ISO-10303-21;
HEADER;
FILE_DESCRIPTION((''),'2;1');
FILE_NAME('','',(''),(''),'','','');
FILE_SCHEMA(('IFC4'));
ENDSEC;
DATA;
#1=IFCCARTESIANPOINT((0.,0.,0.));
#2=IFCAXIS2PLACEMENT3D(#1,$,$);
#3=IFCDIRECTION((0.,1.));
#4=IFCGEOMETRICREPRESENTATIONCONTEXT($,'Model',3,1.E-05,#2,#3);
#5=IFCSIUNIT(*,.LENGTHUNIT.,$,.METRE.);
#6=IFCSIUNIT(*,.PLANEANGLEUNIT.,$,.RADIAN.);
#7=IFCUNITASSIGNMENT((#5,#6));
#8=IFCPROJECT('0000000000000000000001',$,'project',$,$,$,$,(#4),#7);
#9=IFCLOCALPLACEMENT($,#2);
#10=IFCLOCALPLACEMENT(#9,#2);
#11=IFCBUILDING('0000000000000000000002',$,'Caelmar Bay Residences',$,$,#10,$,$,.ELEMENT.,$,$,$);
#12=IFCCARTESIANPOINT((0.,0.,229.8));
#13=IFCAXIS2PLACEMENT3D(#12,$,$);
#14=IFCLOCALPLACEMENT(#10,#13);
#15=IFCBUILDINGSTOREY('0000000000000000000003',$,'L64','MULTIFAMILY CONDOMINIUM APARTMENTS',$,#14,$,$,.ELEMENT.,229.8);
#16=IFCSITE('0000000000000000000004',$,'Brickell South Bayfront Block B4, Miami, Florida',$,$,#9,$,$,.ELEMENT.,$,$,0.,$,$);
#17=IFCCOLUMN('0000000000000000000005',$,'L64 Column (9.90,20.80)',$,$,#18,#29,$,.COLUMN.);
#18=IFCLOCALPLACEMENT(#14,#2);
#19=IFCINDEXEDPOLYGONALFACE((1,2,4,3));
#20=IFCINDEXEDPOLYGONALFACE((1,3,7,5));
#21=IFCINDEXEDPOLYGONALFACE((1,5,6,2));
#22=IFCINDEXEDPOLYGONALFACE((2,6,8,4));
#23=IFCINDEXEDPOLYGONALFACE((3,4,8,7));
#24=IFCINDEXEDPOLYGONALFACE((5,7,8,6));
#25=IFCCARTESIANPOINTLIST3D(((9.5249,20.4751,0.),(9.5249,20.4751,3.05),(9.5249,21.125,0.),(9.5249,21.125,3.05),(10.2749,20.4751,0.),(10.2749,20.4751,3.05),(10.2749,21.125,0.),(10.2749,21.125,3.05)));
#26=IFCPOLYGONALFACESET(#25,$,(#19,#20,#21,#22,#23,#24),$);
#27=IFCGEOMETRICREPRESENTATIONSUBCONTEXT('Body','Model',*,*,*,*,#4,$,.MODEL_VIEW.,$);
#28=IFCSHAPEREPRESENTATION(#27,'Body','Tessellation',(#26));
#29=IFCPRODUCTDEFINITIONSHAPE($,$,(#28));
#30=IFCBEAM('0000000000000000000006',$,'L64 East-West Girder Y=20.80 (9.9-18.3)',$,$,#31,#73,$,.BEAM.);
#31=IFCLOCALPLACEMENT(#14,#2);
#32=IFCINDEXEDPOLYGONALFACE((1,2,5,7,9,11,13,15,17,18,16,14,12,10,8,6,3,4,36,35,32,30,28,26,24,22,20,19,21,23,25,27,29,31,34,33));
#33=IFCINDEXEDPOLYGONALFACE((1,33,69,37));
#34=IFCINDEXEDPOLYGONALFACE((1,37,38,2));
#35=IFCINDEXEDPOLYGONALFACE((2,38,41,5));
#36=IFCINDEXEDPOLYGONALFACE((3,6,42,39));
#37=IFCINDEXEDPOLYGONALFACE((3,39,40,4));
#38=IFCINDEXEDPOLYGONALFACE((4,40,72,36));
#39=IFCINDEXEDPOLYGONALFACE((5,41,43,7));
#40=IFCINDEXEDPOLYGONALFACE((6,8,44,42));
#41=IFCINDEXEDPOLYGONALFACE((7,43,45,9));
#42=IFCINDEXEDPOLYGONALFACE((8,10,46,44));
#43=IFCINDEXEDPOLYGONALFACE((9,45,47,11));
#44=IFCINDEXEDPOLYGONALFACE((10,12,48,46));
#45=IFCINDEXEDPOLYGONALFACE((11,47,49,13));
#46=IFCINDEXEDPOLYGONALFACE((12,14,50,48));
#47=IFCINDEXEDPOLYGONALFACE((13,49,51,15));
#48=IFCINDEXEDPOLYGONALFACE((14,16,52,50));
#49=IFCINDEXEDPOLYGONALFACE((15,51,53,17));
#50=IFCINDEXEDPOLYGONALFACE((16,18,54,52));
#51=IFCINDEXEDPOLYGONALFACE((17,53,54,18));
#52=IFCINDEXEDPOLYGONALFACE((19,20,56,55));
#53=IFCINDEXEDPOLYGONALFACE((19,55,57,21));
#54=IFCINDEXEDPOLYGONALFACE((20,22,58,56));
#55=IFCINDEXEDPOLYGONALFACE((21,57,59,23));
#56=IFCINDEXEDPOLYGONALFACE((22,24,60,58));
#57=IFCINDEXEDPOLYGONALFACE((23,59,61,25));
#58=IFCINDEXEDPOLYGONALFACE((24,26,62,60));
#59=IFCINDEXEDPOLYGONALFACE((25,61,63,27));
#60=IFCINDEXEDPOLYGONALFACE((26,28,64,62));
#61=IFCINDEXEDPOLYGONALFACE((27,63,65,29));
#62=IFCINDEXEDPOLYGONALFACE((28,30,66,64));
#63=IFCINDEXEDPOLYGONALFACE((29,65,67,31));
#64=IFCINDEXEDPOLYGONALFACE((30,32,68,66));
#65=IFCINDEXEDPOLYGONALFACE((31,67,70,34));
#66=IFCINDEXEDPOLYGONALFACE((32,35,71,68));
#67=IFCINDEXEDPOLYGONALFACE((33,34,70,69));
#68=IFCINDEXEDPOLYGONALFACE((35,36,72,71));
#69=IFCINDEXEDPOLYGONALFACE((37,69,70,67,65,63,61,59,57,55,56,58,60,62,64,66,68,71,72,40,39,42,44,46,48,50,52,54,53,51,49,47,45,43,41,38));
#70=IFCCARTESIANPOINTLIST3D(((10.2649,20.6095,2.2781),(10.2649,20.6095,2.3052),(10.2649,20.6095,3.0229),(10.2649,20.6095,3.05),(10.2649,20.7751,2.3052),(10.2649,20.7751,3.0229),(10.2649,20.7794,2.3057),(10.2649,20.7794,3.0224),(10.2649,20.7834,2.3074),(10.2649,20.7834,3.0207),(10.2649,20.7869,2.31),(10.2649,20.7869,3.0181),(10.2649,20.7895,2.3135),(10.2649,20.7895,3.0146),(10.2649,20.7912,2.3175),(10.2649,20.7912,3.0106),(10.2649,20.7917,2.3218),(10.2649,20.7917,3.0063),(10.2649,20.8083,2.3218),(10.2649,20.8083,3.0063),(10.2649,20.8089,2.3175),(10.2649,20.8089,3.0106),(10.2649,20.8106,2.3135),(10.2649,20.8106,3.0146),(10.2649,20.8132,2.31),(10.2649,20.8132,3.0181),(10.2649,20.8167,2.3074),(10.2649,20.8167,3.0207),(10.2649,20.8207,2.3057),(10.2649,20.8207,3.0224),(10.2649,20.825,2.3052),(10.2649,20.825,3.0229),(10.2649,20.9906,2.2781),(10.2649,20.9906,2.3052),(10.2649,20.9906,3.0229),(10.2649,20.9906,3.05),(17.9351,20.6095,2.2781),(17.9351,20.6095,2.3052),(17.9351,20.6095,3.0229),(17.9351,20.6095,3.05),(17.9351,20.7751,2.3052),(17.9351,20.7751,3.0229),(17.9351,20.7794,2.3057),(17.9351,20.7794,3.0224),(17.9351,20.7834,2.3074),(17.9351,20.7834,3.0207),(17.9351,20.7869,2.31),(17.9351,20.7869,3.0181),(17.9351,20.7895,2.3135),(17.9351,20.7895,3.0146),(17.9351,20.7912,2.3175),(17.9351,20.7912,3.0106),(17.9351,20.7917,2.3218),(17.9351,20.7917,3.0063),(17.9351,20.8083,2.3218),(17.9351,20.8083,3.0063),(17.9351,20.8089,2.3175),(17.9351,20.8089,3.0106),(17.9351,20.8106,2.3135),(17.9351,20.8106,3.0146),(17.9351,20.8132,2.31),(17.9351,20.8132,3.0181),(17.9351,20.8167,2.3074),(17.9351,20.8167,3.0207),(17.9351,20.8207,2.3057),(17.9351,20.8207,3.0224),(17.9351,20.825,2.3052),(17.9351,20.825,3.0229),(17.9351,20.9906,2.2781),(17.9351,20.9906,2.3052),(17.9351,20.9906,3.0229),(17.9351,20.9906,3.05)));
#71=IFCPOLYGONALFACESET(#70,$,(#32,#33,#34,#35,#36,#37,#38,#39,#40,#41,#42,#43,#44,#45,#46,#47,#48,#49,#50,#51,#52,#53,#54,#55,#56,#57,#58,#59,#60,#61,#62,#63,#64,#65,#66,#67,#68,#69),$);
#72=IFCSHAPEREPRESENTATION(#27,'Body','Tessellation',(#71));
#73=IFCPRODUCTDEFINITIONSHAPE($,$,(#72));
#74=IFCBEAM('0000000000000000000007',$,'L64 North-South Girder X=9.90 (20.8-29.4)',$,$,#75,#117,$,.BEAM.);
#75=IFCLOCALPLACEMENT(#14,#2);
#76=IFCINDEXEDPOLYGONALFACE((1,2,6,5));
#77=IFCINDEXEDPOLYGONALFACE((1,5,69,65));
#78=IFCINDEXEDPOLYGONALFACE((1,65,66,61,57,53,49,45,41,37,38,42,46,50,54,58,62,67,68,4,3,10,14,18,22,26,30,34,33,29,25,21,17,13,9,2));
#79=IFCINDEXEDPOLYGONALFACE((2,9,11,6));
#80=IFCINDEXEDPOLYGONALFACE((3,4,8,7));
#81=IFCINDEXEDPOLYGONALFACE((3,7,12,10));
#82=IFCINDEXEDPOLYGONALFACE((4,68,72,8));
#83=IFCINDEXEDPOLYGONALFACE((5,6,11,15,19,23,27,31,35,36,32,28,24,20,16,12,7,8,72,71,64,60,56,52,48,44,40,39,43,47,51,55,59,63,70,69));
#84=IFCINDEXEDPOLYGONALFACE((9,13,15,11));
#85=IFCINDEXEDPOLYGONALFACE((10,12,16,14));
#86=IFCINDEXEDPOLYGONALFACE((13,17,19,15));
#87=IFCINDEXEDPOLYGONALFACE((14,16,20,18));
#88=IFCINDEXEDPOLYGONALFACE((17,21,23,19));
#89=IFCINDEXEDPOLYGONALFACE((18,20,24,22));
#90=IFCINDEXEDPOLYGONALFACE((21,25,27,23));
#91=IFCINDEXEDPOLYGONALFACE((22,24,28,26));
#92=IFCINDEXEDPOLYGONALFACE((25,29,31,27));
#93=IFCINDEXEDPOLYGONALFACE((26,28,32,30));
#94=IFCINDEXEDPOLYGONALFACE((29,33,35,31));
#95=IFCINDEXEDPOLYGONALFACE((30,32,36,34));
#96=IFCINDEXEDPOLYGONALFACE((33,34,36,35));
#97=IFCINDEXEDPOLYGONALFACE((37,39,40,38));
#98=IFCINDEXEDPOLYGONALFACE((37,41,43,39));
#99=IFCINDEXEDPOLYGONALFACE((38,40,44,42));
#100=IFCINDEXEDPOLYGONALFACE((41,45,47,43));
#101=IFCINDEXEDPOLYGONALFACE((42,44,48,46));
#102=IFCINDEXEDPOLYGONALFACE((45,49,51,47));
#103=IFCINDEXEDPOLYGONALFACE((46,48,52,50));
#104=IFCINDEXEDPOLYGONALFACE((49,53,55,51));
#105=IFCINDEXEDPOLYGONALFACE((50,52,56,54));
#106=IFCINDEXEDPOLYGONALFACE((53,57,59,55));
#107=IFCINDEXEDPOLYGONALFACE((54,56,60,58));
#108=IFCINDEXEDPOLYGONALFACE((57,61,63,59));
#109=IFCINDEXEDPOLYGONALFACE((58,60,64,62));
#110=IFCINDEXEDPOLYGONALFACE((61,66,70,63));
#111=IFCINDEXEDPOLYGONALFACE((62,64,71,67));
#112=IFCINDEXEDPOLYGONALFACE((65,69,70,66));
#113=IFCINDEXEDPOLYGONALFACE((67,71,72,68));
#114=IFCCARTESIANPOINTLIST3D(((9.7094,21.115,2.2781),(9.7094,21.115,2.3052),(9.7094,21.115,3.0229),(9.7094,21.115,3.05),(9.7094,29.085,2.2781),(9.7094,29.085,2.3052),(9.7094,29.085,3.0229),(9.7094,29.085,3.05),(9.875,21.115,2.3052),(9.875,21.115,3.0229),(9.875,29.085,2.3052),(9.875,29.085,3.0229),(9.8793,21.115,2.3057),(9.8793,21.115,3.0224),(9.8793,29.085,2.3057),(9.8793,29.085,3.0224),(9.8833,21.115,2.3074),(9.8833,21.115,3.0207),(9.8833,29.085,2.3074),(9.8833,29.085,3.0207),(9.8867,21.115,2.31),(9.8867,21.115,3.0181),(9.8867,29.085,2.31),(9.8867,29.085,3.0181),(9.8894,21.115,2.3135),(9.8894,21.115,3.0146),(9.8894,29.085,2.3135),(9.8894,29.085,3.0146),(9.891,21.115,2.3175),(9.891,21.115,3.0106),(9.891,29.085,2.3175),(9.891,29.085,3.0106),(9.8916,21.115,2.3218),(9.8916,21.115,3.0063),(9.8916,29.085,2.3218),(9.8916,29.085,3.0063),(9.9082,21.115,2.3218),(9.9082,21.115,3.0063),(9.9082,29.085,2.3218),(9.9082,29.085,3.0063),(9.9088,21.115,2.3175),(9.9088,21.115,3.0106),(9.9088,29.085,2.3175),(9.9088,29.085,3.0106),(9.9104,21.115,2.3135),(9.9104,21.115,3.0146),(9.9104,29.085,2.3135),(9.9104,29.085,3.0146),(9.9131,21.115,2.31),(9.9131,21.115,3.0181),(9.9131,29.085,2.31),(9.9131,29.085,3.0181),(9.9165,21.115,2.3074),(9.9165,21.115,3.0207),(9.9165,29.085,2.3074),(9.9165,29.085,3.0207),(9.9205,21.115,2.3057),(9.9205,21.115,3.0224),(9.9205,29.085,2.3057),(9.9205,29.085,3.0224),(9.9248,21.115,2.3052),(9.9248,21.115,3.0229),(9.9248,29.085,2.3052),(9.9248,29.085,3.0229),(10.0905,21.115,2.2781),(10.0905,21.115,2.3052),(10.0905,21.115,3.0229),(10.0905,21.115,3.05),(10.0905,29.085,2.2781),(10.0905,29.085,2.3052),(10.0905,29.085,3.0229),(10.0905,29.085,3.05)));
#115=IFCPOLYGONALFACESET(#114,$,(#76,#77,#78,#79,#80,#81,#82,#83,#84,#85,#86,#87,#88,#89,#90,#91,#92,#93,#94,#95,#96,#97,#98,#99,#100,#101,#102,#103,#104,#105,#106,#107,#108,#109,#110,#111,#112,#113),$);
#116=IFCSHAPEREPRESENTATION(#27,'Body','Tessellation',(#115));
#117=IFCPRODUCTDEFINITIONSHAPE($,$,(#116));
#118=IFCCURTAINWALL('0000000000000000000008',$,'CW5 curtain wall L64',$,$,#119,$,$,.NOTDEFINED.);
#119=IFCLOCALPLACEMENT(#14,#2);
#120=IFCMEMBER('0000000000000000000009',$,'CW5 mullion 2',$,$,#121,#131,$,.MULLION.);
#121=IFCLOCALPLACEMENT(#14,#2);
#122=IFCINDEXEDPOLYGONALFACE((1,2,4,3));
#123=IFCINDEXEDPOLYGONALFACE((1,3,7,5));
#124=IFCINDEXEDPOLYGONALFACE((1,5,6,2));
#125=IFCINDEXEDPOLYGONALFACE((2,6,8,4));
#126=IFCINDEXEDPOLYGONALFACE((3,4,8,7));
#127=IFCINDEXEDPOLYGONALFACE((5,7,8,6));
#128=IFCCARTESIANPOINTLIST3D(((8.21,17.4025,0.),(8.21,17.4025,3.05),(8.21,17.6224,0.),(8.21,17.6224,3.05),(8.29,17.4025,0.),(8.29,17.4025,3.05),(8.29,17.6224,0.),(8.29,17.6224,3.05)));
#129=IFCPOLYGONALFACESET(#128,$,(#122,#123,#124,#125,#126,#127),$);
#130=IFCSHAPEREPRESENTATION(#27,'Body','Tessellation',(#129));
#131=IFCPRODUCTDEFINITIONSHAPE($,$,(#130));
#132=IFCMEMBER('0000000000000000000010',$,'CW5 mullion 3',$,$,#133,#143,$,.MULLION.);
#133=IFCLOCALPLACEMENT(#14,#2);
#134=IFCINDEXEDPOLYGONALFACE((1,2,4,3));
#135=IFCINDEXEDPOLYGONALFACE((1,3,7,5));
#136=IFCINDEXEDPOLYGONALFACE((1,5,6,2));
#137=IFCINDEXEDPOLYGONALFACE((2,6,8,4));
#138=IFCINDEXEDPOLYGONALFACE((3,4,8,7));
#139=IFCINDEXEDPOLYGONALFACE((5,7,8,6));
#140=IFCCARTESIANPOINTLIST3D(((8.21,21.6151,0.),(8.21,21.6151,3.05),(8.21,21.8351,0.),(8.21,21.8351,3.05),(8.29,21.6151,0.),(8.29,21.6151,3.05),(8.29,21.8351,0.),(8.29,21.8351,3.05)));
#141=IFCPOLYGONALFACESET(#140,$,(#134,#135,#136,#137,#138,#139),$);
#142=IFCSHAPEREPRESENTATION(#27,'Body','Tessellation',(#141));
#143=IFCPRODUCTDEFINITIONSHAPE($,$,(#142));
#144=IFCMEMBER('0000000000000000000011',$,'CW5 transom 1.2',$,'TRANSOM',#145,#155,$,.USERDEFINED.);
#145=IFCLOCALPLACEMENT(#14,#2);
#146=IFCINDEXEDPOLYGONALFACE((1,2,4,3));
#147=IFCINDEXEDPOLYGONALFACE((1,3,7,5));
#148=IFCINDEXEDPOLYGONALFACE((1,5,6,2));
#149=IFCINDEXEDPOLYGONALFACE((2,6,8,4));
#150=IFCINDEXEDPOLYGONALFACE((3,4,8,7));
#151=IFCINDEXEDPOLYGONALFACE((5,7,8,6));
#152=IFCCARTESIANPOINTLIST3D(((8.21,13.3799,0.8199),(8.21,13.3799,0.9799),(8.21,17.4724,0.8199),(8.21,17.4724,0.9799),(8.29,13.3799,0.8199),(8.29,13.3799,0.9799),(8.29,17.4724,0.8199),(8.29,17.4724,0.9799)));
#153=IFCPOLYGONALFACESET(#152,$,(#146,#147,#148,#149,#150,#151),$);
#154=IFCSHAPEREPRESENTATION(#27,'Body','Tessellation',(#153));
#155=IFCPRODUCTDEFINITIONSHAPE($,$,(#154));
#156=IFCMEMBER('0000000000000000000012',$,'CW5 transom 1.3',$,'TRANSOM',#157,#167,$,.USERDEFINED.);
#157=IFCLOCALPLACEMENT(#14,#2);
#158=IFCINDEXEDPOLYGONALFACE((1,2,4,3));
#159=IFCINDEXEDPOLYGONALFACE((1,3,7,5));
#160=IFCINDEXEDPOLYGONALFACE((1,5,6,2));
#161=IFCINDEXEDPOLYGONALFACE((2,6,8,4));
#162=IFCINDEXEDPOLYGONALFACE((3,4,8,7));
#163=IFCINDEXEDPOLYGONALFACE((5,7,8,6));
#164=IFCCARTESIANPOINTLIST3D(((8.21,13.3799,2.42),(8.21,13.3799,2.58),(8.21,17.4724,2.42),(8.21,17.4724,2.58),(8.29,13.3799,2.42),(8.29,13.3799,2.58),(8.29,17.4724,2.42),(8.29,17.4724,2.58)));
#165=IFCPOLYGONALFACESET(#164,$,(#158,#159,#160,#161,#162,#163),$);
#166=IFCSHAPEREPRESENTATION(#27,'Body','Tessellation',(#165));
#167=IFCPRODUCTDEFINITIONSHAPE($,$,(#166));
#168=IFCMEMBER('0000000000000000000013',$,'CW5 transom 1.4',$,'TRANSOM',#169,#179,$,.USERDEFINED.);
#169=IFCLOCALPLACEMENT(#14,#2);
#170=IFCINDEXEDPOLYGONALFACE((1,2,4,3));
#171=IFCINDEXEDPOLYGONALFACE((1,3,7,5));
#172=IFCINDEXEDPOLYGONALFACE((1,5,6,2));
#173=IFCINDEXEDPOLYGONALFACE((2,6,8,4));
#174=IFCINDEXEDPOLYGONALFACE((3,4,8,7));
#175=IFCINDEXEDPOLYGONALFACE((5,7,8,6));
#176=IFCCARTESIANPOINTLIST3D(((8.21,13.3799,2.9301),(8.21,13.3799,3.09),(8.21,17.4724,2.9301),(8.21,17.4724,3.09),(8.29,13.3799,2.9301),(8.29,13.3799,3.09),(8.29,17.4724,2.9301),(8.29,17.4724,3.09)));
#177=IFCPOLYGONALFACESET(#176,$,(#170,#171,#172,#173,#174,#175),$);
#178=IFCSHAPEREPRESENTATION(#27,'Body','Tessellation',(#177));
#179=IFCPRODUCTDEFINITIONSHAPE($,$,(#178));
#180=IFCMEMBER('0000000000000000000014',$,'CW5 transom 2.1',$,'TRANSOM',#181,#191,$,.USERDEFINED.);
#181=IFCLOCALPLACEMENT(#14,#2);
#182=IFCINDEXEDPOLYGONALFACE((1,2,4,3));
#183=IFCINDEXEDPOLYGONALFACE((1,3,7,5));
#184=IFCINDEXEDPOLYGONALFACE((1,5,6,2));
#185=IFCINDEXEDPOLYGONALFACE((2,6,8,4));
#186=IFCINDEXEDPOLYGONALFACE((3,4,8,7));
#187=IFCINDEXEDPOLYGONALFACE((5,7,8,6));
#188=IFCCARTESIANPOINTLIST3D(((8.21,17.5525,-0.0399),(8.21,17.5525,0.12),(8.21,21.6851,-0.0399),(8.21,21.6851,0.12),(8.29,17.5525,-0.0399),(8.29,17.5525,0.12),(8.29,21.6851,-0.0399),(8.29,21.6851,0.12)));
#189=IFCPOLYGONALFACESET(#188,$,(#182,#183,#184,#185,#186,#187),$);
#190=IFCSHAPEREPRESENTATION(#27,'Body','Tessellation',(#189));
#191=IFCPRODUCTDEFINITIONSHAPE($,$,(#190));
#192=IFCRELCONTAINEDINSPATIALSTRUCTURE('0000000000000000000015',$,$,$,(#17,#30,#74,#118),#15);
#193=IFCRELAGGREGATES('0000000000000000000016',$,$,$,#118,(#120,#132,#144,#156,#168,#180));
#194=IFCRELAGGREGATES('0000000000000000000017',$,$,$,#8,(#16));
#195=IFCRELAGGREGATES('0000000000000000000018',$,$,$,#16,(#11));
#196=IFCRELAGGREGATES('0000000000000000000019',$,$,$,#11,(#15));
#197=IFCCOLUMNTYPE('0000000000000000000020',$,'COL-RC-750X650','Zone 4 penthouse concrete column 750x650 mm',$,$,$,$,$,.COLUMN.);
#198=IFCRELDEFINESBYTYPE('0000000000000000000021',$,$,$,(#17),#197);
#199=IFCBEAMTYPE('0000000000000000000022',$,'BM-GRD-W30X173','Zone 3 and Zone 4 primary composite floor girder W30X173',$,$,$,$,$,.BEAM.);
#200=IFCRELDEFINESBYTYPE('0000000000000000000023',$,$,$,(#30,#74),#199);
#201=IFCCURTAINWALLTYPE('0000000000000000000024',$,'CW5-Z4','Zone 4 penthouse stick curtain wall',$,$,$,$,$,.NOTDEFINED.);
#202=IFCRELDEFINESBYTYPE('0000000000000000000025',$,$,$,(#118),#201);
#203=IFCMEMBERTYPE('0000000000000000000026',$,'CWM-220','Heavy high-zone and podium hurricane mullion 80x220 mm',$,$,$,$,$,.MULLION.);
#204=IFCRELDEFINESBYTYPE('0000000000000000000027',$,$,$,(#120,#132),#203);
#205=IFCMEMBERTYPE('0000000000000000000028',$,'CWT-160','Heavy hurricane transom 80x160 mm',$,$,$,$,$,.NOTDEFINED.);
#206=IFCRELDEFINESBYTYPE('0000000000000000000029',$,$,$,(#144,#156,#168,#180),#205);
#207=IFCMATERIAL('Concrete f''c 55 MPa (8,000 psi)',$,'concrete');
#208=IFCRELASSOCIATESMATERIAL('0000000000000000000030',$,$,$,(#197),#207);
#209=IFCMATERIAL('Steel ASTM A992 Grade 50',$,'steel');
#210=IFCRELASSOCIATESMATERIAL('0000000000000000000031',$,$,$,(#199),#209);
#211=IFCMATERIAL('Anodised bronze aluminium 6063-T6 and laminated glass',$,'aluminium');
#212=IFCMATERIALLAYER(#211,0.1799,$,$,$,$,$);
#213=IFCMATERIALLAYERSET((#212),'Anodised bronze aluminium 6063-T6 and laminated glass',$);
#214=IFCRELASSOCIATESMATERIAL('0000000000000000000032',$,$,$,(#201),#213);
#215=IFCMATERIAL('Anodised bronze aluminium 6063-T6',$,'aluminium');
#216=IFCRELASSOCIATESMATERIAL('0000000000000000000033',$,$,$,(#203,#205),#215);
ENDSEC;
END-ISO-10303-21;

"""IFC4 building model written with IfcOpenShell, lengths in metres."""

from ifc_helpers import new_model, si_unit, direction, frame, origin, origin_2d, place, context, subcontext, project, spatial, rectangle, i_section, extrude, material, layer, layer_set, material_profile, profile_set, type_object, element, aggregate, save


model = new_model("IFC4")

# Units and contexts
model_context = context("Model", 3, precision=1e-05, world=origin(), true_north=direction((0.0, 1.0)))
body_context = subcontext(model_context, "Body", "Model", "MODEL_VIEW")
ifc_project = project(units=[si_unit("LENGTHUNIT", "METRE"), si_unit("PLANEANGLEUNIT", "RADIAN")], contexts=[model_context])

# Site, building, storey
site_placement = place(None, origin())
site = spatial("IfcSite", under=ifc_project, at=site_placement, Name="Brickell South Bayfront Block B4, Miami, Florida", CompositionType="ELEMENT", RefElevation=0.0)
building_placement = place(site_placement, origin())
building = spatial("IfcBuilding", under=site, at=building_placement, Name="Caelmar Bay Residences", CompositionType="ELEMENT")
storey_placement = place(building_placement, frame((0.0, 0.0, 229.8)))
storey = spatial("IfcBuildingStorey", under=building, at=storey_placement, Name="L64", Description="MULTIFAMILY CONDOMINIUM APARTMENTS", CompositionType="ELEMENT", Elevation=229.8)

# Column
ifc_material_1 = material(Name="Concrete f'c 55 MPa (8,000 psi)", Category="concrete")
ifc_material_profile_1 = material_profile(ifc_material_1, rectangle(XDim=0.75, YDim=0.6499, at=origin_2d()), Name="RC-COL-750X650")
ifc_profile_set_1 = profile_set([ifc_material_profile_1], Name="Concrete f'c 55 MPa (8,000 psi)")
column_type = type_object("IfcColumnType", Name="COL-RC-750X650", Description="Zone 4 penthouse concrete column 750x650 mm", PredefinedType="COLUMN", material=ifc_profile_set_1)
column_placement = place(storey_placement, frame((9.8999, 20.8, 0.0), z_axis=(0.0, 0.0, 1.0), x_axis=(1.0, 0.0, 0.0)))
element("IfcColumn", 1, at=column_placement, inside=storey, type_object=column_type, Name="L64 Column (9.90,20.80)", PredefinedType="COLUMN", context=body_context, shape_type="SweptSolid", body=[
    extrude(rectangle(XDim=0.75, YDim=0.6499, at=origin_2d()), origin(), (0.0, 0.0, 1.0), 3.05),
])

# Beams
ifc_material_2 = material(Name="Steel ASTM A992 Grade 50", Category="steel")
ifc_material_profile_2 = material_profile(ifc_material_2, i_section(OverallWidth=0.3811, OverallDepth=0.772, WebThickness=0.0166, FlangeThickness=0.0271, FilletRadius=0.0166, at=origin_2d()), Name="W30X173")
ifc_profile_set_2 = profile_set([ifc_material_profile_2], Name="Steel ASTM A992 Grade 50")
beam_type = type_object("IfcBeamType", Name="BM-GRD-W30X173", Description="Zone 3 and Zone 4 primary composite floor girder W30X173", PredefinedType="BEAM", material=ifc_profile_set_2)
beam_1_placement = place(storey_placement, frame((10.2649, 20.8, 2.6641), z_axis=(1.0, 0.0, 0.0), x_axis=(0.0, 1.0, 0.0)))
element("IfcBeam", 2, at=beam_1_placement, inside=storey, type_object=beam_type, Name="L64 East-West Girder Y=20.80 (9.9-18.3)", PredefinedType="BEAM", context=body_context, shape_type="SweptSolid", body=[
    extrude(i_section(OverallWidth=0.3811, OverallDepth=0.772, WebThickness=0.0166, FlangeThickness=0.0271, FilletRadius=0.0166, at=origin_2d()), origin(), (0.0, 0.0, 1.0), 7.6702),
])
beam_2_placement = place(storey_placement, frame((9.8999, 21.115, 2.6641), z_axis=(0.0, 1.0, 0.0), x_axis=(-1.0, 0.0, 0.0)))
element("IfcBeam", 3, at=beam_2_placement, inside=storey, type_object=beam_type, Name="L64 North-South Girder X=9.90 (20.8-29.4)", PredefinedType="BEAM", context=body_context, shape_type="SweptSolid", body=[
    extrude(i_section(OverallWidth=0.3811, OverallDepth=0.772, WebThickness=0.0166, FlangeThickness=0.0271, FilletRadius=0.0166, at=origin_2d()), origin(), (0.0, 0.0, 1.0), 7.97),
])

# Curtain wall, members
ifc_material_3 = material(Name="Anodised bronze aluminium 6063-T6 and laminated glass", Category="aluminium")
ifc_layer_1 = layer(ifc_material_3, 0.1799)
ifc_layer_set_1 = layer_set([ifc_layer_1], Name="Anodised bronze aluminium 6063-T6 and laminated glass")
curtain_wall_type = type_object("IfcCurtainWallType", Name="CW5-Z4", Description="Zone 4 penthouse stick curtain wall", PredefinedType="NOTDEFINED", material=ifc_layer_set_1)
curtain_wall_placement = place(storey_placement, origin())
curtain_wall = element("IfcCurtainWall", 4, at=curtain_wall_placement, inside=storey, type_object=curtain_wall_type, Name="CW5 curtain wall L64", PredefinedType="NOTDEFINED")
ifc_material_4 = material(Name="Anodised bronze aluminium 6063-T6", Category="aluminium")
ifc_material_profile_3 = material_profile(ifc_material_4, rectangle(XDim=0.0801, YDim=0.22, at=origin_2d()), Name="CWM-80X220")
ifc_profile_set_3 = profile_set([ifc_material_profile_3], Name="Anodised bronze aluminium 6063-T6")
member_type_1 = type_object("IfcMemberType", Name="CWM-220", Description="Heavy high-zone and podium hurricane mullion 80x220 mm", PredefinedType="MULLION", material=ifc_profile_set_3)
member_1_placement = place(storey_placement, frame((8.25, 17.5125, 0.0), z_axis=(0.0, 0.0, 1.0), x_axis=(-1.0, 0.0, 0.0)))
member_1 = element("IfcMember", 5, at=member_1_placement, type_object=member_type_1, Name="CW5 mullion 2", PredefinedType="MULLION", context=body_context, shape_type="SweptSolid", body=[
    extrude(rectangle(XDim=0.0801, YDim=0.22, at=origin_2d()), origin(), (0.0, 0.0, 1.0), 3.05),
])
member_2_placement = place(storey_placement, frame((8.25, 21.7251, 0.0), z_axis=(0.0, 0.0, 1.0), x_axis=(-1.0, 0.0, 0.0)))
member_2 = element("IfcMember", 6, at=member_2_placement, type_object=member_type_1, Name="CW5 mullion 3", PredefinedType="MULLION", context=body_context, shape_type="SweptSolid", body=[
    extrude(rectangle(XDim=0.0801, YDim=0.22, at=origin_2d()), origin(), (0.0, 0.0, 1.0), 3.05),
])
ifc_material_profile_4 = material_profile(ifc_material_4, rectangle(XDim=0.0801, YDim=0.1599, at=origin_2d()), Name="CWT-80X160")
ifc_profile_set_4 = profile_set([ifc_material_profile_4], Name="Anodised bronze aluminium 6063-T6")
member_type_2 = type_object("IfcMemberType", Name="CWT-160", Description="Heavy hurricane transom 80x160 mm", PredefinedType="NOTDEFINED", material=ifc_profile_set_4)
member_3_placement = place(storey_placement, frame((8.25, 13.3799, 0.8999), z_axis=(0.0, 1.0, 0.0), x_axis=(-1.0, 0.0, 0.0)))
member_3 = element("IfcMember", 7, at=member_3_placement, type_object=member_type_2, Name="CW5 transom 1.2", ObjectType="TRANSOM", PredefinedType="USERDEFINED", context=body_context, shape_type="SweptSolid", body=[
    extrude(rectangle(XDim=0.0801, YDim=0.1599, at=origin_2d()), origin(), (0.0, 0.0, 1.0), 4.0925),
])
member_4_placement = place(storey_placement, frame((8.25, 13.3799, 2.5), z_axis=(0.0, 1.0, 0.0), x_axis=(-1.0, 0.0, 0.0)))
member_4 = element("IfcMember", 8, at=member_4_placement, type_object=member_type_2, Name="CW5 transom 1.3", ObjectType="TRANSOM", PredefinedType="USERDEFINED", context=body_context, shape_type="SweptSolid", body=[
    extrude(rectangle(XDim=0.0801, YDim=0.1599, at=origin_2d()), origin(), (0.0, 0.0, 1.0), 4.0925),
])
member_5_placement = place(storey_placement, frame((8.25, 13.3799, 3.01), z_axis=(0.0, 1.0, 0.0), x_axis=(-1.0, 0.0, 0.0)))
member_5 = element("IfcMember", 9, at=member_5_placement, type_object=member_type_2, Name="CW5 transom 1.4", ObjectType="TRANSOM", PredefinedType="USERDEFINED", context=body_context, shape_type="SweptSolid", body=[
    extrude(rectangle(XDim=0.0801, YDim=0.1599, at=origin_2d()), origin(), (0.0, 0.0, 1.0), 4.0925),
])
member_6_placement = place(storey_placement, frame((8.25, 17.5525, 0.04), z_axis=(0.0, 1.0, 0.0), x_axis=(-1.0, 0.0, 0.0)))
member_6 = element("IfcMember", 10, at=member_6_placement, type_object=member_type_2, Name="CW5 transom 2.1", ObjectType="TRANSOM", PredefinedType="USERDEFINED", context=body_context, shape_type="SweptSolid", body=[
    extrude(rectangle(XDim=0.0801, YDim=0.1599, at=origin_2d()), origin(), (0.0, 0.0, 1.0), 4.1326),
])
aggregate(curtain_wall, [member_1, member_2, member_3, member_4, member_5, member_6])

save(model, "model.ifc")
